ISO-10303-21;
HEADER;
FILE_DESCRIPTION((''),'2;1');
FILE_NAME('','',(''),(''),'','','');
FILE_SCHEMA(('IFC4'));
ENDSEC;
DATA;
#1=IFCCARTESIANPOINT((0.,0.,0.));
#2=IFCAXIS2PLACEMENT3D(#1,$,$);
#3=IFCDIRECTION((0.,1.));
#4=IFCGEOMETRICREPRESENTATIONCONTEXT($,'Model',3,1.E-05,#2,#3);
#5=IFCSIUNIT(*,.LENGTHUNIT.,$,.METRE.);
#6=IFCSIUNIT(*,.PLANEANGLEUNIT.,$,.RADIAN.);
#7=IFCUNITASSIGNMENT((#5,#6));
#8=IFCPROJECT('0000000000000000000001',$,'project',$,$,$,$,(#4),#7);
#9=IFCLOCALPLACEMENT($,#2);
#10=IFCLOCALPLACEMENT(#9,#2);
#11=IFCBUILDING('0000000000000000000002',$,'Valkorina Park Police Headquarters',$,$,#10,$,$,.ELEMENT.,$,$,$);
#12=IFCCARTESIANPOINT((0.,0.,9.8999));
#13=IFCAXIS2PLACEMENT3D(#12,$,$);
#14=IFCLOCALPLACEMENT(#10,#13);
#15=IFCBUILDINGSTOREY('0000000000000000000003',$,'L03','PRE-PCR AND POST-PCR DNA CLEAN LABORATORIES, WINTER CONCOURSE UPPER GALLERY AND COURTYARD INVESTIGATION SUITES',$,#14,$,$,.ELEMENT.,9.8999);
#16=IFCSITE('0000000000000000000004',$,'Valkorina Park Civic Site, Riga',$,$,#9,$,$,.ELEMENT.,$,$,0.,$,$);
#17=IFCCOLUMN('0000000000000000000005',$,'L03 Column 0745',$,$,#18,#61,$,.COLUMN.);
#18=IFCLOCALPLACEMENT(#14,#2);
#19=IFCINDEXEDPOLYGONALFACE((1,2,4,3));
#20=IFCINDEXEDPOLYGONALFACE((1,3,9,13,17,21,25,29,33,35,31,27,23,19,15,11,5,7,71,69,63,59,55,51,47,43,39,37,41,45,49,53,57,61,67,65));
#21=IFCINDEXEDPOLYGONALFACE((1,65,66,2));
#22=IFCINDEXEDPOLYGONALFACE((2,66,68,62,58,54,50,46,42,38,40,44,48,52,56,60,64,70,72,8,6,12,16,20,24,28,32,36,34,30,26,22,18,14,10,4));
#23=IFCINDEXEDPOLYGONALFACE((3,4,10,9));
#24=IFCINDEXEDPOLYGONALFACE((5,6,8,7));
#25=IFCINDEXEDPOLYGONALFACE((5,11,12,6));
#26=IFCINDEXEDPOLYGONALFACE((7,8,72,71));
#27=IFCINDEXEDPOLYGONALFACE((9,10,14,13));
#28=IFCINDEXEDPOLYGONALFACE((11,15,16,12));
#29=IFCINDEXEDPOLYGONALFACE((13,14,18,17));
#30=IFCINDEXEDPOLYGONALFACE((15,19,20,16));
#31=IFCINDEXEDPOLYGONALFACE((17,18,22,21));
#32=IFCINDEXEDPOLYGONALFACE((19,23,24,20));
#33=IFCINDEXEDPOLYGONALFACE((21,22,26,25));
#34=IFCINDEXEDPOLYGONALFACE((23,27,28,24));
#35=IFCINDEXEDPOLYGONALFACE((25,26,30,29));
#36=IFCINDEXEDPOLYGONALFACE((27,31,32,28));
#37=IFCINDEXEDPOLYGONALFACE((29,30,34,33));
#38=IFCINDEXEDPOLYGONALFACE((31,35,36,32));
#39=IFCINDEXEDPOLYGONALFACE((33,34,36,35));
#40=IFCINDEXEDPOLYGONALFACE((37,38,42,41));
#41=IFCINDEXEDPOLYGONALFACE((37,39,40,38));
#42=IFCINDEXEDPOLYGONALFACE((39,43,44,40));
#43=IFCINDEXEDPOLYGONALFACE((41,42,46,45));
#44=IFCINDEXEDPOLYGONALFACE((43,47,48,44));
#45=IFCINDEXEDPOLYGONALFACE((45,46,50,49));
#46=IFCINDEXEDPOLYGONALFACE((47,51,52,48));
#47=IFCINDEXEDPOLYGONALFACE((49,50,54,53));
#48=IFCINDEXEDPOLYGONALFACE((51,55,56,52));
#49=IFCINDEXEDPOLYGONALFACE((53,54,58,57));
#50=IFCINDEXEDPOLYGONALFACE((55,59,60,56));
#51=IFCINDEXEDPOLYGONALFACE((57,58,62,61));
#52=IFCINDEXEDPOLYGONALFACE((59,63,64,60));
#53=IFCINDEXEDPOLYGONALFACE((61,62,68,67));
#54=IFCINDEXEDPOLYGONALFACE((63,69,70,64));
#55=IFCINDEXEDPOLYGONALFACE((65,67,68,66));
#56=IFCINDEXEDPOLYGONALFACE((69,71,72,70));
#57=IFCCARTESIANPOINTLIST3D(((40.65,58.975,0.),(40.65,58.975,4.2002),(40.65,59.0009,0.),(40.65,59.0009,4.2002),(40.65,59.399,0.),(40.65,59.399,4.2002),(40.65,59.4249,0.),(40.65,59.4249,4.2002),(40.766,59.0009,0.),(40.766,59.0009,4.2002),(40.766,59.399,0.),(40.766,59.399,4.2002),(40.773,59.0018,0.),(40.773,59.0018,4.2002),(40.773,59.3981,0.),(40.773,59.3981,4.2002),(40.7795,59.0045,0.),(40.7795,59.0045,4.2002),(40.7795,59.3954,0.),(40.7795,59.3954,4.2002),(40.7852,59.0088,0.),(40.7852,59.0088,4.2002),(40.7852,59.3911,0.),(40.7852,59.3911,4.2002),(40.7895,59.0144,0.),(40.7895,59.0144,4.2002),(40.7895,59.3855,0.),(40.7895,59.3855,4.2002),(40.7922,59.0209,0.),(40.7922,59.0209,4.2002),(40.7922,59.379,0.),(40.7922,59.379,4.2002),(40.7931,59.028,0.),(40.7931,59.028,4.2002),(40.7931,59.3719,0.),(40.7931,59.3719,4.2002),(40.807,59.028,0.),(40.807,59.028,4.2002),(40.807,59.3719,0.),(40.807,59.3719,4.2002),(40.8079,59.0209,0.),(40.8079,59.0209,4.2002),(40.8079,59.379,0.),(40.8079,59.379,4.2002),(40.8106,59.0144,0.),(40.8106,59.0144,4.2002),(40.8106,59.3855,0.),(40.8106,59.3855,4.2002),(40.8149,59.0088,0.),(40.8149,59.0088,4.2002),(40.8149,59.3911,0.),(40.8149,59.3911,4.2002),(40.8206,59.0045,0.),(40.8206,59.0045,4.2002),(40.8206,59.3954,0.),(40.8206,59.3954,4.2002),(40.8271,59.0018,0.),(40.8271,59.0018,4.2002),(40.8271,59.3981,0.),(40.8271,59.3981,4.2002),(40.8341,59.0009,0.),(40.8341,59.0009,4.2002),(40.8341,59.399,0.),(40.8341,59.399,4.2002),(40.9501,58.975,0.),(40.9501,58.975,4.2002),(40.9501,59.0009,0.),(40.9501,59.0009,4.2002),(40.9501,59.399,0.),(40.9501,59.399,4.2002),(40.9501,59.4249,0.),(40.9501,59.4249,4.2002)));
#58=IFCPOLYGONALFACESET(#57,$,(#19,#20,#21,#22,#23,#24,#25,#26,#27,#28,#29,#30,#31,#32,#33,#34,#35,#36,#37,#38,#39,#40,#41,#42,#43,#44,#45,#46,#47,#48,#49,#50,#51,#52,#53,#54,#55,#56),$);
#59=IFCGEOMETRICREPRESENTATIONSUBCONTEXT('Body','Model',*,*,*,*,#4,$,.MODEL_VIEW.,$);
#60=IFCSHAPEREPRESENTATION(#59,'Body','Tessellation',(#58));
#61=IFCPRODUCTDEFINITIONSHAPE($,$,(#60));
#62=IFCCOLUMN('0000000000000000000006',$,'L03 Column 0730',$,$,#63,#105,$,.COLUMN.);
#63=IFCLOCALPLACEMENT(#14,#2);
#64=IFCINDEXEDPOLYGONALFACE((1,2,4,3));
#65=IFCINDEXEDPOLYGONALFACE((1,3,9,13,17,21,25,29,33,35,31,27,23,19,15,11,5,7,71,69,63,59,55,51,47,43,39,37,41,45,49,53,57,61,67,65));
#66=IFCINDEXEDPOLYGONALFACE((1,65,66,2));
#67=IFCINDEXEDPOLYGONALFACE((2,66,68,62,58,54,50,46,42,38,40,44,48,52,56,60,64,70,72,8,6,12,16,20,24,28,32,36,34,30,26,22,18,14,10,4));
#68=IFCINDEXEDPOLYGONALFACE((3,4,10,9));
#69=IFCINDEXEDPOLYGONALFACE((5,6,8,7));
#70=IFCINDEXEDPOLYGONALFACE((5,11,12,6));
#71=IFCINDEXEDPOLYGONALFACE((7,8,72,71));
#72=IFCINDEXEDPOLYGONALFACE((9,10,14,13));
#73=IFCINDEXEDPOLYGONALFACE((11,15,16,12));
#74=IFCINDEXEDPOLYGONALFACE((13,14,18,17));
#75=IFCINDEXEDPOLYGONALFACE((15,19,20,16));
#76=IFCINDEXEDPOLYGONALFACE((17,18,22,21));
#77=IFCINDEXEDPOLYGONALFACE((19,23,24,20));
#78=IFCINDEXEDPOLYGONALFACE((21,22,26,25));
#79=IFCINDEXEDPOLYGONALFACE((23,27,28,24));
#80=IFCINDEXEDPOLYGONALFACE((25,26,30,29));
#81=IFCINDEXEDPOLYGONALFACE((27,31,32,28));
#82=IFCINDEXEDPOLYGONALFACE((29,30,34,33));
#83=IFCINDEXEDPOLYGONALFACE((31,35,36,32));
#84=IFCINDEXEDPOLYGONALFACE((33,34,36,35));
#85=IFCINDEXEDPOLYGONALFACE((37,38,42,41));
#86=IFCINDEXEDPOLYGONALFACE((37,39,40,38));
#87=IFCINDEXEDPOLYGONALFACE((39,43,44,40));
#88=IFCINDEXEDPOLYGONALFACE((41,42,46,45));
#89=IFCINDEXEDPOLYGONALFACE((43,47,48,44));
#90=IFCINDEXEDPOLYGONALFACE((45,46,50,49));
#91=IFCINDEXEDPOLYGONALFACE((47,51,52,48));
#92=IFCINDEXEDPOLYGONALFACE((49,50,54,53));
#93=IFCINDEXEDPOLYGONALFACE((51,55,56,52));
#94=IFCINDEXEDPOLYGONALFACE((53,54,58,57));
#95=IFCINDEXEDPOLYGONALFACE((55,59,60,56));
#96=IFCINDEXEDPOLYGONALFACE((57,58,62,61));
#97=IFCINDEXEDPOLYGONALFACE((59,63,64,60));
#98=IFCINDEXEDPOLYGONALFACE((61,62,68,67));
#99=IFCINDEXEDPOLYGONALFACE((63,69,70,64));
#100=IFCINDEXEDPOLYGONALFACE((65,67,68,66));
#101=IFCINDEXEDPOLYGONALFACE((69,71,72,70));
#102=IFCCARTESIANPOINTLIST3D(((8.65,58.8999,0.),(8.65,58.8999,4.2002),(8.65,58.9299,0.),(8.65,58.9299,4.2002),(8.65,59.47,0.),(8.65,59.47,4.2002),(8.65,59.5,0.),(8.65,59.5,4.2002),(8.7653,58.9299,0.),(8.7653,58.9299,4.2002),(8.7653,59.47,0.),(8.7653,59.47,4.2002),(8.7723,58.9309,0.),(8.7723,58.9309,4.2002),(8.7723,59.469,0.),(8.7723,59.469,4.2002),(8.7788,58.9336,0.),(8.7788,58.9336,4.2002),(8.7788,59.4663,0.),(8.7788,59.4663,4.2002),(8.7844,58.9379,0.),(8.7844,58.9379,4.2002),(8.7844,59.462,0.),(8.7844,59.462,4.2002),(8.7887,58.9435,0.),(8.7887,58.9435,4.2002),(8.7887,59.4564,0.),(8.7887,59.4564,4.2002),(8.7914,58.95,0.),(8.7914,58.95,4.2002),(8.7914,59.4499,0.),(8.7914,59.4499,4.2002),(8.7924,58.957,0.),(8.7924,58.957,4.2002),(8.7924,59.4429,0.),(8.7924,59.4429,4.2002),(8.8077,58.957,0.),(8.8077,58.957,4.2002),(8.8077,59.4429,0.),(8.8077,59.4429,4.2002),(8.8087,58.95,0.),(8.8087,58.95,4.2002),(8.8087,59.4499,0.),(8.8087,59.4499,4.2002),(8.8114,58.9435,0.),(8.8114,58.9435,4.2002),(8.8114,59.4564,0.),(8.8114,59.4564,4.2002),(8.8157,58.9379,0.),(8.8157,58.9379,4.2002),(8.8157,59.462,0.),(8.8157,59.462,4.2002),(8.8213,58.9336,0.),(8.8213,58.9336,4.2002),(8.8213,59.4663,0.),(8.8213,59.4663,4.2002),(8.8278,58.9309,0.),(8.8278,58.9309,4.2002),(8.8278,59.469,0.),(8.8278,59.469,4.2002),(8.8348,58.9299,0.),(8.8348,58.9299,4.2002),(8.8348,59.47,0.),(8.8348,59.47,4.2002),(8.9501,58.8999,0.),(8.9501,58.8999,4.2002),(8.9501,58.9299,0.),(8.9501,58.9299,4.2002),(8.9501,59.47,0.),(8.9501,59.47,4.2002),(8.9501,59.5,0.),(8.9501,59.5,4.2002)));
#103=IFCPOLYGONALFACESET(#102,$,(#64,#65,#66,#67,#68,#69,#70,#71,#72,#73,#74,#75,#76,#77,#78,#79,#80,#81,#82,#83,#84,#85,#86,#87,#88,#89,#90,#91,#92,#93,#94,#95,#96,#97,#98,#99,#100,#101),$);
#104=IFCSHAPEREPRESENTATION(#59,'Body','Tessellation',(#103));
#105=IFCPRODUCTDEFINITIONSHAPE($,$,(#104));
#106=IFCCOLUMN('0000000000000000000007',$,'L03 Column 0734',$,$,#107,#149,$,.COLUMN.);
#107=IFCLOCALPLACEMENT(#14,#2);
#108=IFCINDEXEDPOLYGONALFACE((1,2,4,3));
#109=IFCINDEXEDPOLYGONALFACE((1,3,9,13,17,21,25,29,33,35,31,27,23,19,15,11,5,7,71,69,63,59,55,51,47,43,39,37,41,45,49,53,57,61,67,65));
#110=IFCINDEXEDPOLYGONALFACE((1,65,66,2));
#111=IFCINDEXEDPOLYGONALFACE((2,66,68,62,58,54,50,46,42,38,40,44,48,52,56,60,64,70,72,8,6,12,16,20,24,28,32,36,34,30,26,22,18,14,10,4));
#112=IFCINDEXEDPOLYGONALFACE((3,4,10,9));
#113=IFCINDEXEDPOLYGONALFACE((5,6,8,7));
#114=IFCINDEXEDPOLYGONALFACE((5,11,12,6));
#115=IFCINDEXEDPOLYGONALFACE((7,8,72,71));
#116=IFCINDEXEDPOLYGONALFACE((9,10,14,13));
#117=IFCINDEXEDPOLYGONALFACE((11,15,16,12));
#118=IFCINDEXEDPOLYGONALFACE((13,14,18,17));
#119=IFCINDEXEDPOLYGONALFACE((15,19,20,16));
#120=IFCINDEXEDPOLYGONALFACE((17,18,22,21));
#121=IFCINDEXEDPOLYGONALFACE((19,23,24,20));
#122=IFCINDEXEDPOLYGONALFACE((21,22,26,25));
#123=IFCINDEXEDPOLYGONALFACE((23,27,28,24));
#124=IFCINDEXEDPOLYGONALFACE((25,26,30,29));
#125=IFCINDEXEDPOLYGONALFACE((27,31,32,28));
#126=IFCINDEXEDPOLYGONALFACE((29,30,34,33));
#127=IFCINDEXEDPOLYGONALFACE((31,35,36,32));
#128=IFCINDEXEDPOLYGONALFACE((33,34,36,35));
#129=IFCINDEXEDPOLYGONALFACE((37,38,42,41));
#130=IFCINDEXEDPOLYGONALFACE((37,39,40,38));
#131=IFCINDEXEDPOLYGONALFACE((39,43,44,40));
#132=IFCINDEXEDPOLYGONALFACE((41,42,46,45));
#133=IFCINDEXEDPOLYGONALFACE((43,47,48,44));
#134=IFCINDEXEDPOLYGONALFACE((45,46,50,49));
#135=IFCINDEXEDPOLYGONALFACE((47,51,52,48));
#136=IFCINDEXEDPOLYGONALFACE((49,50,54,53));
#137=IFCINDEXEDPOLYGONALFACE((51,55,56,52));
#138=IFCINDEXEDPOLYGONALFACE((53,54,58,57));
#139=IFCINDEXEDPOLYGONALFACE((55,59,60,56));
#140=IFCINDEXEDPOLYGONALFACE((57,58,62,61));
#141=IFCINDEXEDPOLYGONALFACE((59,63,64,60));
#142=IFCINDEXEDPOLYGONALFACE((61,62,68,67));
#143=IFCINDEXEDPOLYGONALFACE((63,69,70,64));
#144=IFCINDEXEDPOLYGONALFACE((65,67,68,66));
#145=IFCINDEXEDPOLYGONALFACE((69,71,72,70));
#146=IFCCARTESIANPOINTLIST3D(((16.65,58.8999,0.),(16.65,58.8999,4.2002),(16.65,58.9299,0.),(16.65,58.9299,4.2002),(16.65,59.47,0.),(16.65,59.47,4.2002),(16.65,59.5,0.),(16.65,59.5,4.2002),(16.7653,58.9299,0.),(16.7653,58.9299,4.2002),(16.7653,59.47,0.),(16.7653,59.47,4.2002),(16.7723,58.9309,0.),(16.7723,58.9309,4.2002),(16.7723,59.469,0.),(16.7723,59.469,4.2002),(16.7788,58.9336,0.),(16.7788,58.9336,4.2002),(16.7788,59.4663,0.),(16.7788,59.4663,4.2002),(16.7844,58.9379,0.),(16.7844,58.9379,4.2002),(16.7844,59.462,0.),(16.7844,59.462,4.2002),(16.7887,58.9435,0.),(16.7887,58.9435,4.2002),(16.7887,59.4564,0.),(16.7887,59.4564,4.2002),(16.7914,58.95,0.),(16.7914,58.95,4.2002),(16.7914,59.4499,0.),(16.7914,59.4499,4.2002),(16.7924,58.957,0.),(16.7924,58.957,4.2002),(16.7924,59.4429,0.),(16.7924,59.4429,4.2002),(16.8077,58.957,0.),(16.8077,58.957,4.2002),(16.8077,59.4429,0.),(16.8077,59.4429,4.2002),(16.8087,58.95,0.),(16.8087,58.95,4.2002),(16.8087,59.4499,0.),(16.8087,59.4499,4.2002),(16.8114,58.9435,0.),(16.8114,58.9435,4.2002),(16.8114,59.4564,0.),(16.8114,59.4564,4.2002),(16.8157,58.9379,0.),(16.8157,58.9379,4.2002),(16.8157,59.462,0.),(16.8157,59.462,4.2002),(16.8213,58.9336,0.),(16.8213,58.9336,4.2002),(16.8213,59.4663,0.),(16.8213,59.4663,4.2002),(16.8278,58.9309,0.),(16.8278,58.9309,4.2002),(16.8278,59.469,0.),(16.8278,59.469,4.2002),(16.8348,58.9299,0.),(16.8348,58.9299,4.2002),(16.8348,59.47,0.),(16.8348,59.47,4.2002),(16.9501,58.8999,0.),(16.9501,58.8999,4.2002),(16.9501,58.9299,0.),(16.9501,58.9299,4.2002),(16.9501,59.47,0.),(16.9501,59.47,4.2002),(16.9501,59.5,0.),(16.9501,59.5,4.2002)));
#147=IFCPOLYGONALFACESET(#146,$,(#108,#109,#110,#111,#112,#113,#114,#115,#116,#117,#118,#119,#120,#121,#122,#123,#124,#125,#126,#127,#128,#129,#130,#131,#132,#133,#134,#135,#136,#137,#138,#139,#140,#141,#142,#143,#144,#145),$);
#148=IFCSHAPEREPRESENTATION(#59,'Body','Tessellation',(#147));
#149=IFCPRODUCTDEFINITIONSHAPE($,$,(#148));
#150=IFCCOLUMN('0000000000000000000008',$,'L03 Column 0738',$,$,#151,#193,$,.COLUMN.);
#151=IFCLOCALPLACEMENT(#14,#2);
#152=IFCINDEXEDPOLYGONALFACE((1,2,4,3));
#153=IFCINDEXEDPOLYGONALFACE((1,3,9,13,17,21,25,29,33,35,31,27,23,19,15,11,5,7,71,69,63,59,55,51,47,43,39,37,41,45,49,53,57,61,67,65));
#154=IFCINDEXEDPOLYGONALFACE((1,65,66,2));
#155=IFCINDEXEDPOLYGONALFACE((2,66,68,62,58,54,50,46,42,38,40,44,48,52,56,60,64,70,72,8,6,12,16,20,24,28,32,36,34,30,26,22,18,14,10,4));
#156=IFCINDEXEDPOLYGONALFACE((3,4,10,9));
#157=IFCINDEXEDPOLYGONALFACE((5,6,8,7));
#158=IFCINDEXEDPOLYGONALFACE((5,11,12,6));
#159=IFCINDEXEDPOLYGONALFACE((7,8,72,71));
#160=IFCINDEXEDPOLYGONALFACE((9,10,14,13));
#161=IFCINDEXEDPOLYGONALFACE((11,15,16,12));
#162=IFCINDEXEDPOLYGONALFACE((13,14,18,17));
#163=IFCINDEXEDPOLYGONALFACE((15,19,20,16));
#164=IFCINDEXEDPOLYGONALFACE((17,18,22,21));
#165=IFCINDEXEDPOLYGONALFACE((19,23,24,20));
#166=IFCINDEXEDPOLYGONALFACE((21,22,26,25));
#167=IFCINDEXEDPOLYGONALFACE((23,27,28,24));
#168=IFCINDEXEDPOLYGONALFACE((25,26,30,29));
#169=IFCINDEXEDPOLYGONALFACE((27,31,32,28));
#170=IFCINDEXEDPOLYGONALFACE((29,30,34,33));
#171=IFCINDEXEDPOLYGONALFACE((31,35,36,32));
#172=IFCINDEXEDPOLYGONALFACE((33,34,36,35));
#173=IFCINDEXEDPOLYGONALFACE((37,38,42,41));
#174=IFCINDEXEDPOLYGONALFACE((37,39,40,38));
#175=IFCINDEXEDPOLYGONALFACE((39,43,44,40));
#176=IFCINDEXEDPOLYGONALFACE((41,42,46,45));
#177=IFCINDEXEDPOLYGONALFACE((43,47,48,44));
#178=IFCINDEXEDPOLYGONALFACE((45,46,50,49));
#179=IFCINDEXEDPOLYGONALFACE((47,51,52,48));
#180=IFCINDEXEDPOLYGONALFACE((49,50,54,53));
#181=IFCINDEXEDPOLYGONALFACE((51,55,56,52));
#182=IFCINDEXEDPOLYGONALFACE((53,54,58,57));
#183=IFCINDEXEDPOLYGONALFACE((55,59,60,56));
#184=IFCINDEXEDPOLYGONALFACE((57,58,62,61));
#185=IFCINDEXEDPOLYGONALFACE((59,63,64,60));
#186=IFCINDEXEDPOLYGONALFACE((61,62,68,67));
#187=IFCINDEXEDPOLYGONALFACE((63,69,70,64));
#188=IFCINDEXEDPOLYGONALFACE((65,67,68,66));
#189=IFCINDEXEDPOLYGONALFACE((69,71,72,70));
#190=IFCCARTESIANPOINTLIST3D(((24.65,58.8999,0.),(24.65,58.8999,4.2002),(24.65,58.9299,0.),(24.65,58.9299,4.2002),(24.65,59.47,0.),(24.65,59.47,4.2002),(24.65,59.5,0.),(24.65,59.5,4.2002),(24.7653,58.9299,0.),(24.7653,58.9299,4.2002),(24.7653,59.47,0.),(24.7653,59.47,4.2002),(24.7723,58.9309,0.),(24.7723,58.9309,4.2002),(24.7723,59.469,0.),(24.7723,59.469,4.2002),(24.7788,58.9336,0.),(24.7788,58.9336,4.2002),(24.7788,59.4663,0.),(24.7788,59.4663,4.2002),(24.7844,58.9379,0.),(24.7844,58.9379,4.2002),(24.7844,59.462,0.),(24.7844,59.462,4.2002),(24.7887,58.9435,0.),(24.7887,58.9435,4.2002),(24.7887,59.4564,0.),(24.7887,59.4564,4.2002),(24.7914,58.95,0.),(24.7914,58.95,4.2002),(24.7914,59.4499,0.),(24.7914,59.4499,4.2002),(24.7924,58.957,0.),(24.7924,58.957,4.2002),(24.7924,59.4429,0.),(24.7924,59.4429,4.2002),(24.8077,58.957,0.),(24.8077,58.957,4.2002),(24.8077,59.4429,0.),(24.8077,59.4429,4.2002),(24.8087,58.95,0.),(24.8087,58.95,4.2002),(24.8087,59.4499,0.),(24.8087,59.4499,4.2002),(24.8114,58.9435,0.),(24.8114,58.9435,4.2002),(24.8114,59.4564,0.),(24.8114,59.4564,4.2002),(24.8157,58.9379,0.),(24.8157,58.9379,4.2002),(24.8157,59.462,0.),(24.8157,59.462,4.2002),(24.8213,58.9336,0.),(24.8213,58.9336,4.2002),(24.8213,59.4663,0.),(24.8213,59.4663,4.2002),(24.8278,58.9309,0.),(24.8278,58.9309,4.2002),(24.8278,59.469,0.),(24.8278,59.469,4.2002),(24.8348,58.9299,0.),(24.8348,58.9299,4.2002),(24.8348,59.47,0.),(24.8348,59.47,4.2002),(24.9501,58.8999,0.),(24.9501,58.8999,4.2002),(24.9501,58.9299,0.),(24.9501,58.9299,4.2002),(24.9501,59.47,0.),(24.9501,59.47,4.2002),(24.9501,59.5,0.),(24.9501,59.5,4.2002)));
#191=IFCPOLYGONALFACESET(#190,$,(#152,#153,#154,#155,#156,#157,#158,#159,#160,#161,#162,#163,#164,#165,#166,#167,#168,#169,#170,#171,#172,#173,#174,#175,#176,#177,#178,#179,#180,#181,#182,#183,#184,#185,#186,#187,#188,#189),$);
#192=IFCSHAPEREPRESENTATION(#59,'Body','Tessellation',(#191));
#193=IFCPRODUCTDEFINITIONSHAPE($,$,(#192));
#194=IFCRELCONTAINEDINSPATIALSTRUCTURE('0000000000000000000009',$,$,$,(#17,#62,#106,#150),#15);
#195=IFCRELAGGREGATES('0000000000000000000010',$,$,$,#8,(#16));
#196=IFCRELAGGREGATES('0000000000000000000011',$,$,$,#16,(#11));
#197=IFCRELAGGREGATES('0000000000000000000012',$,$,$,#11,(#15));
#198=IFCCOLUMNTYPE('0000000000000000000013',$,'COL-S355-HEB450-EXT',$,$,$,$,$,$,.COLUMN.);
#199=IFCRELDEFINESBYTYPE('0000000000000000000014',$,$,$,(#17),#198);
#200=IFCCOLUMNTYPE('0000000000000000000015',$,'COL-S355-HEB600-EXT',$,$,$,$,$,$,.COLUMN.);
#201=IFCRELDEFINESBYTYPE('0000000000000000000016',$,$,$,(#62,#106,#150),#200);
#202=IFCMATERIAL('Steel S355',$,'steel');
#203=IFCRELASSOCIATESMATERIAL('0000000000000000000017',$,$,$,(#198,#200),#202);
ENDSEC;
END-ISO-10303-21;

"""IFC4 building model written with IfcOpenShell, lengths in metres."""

from ifc_helpers import new_model, si_unit, direction, frame, origin, origin_2d, place, context, subcontext, project, spatial, i_section, extrude, material, material_profile, profile_set, type_object, element, save


model = new_model("IFC4")

# Units and contexts
model_context = context("Model", 3, precision=1e-05, world=origin(), true_north=direction((0.0, 1.0)))
body_context = subcontext(model_context, "Body", "Model", "MODEL_VIEW")
ifc_project = project(units=[si_unit("LENGTHUNIT", "METRE"), si_unit("PLANEANGLEUNIT", "RADIAN")], contexts=[model_context])

# Site, building, storey
site_placement = place(None, origin())
site = spatial("IfcSite", under=ifc_project, at=site_placement, Name="Valkorina Park Civic Site, Riga", CompositionType="ELEMENT", RefElevation=0.0)
building_placement = place(site_placement, origin())
building = spatial("IfcBuilding", under=site, at=building_placement, Name="Valkorina Park Police Headquarters", CompositionType="ELEMENT")
storey_placement = place(building_placement, frame((0.0, 0.0, 9.8999)))
storey = spatial("IfcBuildingStorey", under=building, at=storey_placement, Name="L03", Description="PRE-PCR AND POST-PCR DNA CLEAN LABORATORIES, WINTER CONCOURSE UPPER GALLERY AND COURTYARD INVESTIGATION SUITES", CompositionType="ELEMENT", Elevation=9.8999)

# Columns
ifc_material_1 = material(Name="Steel S355", Category="steel")
ifc_material_profile_1 = material_profile(ifc_material_1, i_section(OverallWidth=0.3, OverallDepth=0.45, WebThickness=0.0139, FlangeThickness=0.0259, FilletRadius=0.0271, at=origin_2d()), Name="HEB 450")
ifc_profile_set_1 = profile_set([ifc_material_profile_1], Name="Steel S355")
column_type_1 = type_object("IfcColumnType", Name="COL-S355-HEB450-EXT", PredefinedType="COLUMN", material=ifc_profile_set_1)
column_placement = place(storey_placement, frame((40.8, 59.2, 0.0), z_axis=(0.0, 0.0, 1.0), x_axis=(1.0, 0.0, 0.0)))
element("IfcColumn", 1, at=column_placement, inside=storey, type_object=column_type_1, Name="L03 Column 0745", PredefinedType="COLUMN", context=body_context, shape_type="SweptSolid", body=[
    extrude(i_section(OverallWidth=0.3, OverallDepth=0.45, WebThickness=0.0139, FlangeThickness=0.0259, FilletRadius=0.0271, at=origin_2d()), origin(), (0.0, 0.0, 1.0), 4.2002),
])
ifc_material_profile_2 = material_profile(ifc_material_1, i_section(OverallWidth=0.3, OverallDepth=0.6001, WebThickness=0.0154, FlangeThickness=0.03, FilletRadius=0.0271, at=origin_2d()), Name="HEB 600")
ifc_profile_set_2 = profile_set([ifc_material_profile_2], Name="Steel S355")
column_type_2 = type_object("IfcColumnType", Name="COL-S355-HEB600-EXT", PredefinedType="COLUMN", material=ifc_profile_set_2)
for number, where, z_axis, x_axis, name in (
    (2, (8.8, 59.2, 0.0), (0.0, 0.0, 1.0), (1.0, 0.0, 0.0), "L03 Column 0730"),
    (3, (16.8, 59.2, 0.0), (0.0, 0.0, 1.0), (1.0, 0.0, 0.0), "L03 Column 0734"),
    (4, (24.8, 59.2, 0.0), (0.0, 0.0, 1.0), (1.0, 0.0, 0.0), "L03 Column 0738"),
):
    element("IfcColumn", number, at=place(storey_placement, frame(where, z_axis=z_axis, x_axis=x_axis)), inside=storey, type_object=column_type_2, Name=name, PredefinedType="COLUMN", context=body_context, shape_type="SweptSolid", body=[
        extrude(i_section(OverallWidth=0.3, OverallDepth=0.6001, WebThickness=0.0154, FlangeThickness=0.03, FilletRadius=0.0271, at=origin_2d()), origin(), (0.0, 0.0, 1.0), 4.2002),
    ])

save(model, "model.ifc")
